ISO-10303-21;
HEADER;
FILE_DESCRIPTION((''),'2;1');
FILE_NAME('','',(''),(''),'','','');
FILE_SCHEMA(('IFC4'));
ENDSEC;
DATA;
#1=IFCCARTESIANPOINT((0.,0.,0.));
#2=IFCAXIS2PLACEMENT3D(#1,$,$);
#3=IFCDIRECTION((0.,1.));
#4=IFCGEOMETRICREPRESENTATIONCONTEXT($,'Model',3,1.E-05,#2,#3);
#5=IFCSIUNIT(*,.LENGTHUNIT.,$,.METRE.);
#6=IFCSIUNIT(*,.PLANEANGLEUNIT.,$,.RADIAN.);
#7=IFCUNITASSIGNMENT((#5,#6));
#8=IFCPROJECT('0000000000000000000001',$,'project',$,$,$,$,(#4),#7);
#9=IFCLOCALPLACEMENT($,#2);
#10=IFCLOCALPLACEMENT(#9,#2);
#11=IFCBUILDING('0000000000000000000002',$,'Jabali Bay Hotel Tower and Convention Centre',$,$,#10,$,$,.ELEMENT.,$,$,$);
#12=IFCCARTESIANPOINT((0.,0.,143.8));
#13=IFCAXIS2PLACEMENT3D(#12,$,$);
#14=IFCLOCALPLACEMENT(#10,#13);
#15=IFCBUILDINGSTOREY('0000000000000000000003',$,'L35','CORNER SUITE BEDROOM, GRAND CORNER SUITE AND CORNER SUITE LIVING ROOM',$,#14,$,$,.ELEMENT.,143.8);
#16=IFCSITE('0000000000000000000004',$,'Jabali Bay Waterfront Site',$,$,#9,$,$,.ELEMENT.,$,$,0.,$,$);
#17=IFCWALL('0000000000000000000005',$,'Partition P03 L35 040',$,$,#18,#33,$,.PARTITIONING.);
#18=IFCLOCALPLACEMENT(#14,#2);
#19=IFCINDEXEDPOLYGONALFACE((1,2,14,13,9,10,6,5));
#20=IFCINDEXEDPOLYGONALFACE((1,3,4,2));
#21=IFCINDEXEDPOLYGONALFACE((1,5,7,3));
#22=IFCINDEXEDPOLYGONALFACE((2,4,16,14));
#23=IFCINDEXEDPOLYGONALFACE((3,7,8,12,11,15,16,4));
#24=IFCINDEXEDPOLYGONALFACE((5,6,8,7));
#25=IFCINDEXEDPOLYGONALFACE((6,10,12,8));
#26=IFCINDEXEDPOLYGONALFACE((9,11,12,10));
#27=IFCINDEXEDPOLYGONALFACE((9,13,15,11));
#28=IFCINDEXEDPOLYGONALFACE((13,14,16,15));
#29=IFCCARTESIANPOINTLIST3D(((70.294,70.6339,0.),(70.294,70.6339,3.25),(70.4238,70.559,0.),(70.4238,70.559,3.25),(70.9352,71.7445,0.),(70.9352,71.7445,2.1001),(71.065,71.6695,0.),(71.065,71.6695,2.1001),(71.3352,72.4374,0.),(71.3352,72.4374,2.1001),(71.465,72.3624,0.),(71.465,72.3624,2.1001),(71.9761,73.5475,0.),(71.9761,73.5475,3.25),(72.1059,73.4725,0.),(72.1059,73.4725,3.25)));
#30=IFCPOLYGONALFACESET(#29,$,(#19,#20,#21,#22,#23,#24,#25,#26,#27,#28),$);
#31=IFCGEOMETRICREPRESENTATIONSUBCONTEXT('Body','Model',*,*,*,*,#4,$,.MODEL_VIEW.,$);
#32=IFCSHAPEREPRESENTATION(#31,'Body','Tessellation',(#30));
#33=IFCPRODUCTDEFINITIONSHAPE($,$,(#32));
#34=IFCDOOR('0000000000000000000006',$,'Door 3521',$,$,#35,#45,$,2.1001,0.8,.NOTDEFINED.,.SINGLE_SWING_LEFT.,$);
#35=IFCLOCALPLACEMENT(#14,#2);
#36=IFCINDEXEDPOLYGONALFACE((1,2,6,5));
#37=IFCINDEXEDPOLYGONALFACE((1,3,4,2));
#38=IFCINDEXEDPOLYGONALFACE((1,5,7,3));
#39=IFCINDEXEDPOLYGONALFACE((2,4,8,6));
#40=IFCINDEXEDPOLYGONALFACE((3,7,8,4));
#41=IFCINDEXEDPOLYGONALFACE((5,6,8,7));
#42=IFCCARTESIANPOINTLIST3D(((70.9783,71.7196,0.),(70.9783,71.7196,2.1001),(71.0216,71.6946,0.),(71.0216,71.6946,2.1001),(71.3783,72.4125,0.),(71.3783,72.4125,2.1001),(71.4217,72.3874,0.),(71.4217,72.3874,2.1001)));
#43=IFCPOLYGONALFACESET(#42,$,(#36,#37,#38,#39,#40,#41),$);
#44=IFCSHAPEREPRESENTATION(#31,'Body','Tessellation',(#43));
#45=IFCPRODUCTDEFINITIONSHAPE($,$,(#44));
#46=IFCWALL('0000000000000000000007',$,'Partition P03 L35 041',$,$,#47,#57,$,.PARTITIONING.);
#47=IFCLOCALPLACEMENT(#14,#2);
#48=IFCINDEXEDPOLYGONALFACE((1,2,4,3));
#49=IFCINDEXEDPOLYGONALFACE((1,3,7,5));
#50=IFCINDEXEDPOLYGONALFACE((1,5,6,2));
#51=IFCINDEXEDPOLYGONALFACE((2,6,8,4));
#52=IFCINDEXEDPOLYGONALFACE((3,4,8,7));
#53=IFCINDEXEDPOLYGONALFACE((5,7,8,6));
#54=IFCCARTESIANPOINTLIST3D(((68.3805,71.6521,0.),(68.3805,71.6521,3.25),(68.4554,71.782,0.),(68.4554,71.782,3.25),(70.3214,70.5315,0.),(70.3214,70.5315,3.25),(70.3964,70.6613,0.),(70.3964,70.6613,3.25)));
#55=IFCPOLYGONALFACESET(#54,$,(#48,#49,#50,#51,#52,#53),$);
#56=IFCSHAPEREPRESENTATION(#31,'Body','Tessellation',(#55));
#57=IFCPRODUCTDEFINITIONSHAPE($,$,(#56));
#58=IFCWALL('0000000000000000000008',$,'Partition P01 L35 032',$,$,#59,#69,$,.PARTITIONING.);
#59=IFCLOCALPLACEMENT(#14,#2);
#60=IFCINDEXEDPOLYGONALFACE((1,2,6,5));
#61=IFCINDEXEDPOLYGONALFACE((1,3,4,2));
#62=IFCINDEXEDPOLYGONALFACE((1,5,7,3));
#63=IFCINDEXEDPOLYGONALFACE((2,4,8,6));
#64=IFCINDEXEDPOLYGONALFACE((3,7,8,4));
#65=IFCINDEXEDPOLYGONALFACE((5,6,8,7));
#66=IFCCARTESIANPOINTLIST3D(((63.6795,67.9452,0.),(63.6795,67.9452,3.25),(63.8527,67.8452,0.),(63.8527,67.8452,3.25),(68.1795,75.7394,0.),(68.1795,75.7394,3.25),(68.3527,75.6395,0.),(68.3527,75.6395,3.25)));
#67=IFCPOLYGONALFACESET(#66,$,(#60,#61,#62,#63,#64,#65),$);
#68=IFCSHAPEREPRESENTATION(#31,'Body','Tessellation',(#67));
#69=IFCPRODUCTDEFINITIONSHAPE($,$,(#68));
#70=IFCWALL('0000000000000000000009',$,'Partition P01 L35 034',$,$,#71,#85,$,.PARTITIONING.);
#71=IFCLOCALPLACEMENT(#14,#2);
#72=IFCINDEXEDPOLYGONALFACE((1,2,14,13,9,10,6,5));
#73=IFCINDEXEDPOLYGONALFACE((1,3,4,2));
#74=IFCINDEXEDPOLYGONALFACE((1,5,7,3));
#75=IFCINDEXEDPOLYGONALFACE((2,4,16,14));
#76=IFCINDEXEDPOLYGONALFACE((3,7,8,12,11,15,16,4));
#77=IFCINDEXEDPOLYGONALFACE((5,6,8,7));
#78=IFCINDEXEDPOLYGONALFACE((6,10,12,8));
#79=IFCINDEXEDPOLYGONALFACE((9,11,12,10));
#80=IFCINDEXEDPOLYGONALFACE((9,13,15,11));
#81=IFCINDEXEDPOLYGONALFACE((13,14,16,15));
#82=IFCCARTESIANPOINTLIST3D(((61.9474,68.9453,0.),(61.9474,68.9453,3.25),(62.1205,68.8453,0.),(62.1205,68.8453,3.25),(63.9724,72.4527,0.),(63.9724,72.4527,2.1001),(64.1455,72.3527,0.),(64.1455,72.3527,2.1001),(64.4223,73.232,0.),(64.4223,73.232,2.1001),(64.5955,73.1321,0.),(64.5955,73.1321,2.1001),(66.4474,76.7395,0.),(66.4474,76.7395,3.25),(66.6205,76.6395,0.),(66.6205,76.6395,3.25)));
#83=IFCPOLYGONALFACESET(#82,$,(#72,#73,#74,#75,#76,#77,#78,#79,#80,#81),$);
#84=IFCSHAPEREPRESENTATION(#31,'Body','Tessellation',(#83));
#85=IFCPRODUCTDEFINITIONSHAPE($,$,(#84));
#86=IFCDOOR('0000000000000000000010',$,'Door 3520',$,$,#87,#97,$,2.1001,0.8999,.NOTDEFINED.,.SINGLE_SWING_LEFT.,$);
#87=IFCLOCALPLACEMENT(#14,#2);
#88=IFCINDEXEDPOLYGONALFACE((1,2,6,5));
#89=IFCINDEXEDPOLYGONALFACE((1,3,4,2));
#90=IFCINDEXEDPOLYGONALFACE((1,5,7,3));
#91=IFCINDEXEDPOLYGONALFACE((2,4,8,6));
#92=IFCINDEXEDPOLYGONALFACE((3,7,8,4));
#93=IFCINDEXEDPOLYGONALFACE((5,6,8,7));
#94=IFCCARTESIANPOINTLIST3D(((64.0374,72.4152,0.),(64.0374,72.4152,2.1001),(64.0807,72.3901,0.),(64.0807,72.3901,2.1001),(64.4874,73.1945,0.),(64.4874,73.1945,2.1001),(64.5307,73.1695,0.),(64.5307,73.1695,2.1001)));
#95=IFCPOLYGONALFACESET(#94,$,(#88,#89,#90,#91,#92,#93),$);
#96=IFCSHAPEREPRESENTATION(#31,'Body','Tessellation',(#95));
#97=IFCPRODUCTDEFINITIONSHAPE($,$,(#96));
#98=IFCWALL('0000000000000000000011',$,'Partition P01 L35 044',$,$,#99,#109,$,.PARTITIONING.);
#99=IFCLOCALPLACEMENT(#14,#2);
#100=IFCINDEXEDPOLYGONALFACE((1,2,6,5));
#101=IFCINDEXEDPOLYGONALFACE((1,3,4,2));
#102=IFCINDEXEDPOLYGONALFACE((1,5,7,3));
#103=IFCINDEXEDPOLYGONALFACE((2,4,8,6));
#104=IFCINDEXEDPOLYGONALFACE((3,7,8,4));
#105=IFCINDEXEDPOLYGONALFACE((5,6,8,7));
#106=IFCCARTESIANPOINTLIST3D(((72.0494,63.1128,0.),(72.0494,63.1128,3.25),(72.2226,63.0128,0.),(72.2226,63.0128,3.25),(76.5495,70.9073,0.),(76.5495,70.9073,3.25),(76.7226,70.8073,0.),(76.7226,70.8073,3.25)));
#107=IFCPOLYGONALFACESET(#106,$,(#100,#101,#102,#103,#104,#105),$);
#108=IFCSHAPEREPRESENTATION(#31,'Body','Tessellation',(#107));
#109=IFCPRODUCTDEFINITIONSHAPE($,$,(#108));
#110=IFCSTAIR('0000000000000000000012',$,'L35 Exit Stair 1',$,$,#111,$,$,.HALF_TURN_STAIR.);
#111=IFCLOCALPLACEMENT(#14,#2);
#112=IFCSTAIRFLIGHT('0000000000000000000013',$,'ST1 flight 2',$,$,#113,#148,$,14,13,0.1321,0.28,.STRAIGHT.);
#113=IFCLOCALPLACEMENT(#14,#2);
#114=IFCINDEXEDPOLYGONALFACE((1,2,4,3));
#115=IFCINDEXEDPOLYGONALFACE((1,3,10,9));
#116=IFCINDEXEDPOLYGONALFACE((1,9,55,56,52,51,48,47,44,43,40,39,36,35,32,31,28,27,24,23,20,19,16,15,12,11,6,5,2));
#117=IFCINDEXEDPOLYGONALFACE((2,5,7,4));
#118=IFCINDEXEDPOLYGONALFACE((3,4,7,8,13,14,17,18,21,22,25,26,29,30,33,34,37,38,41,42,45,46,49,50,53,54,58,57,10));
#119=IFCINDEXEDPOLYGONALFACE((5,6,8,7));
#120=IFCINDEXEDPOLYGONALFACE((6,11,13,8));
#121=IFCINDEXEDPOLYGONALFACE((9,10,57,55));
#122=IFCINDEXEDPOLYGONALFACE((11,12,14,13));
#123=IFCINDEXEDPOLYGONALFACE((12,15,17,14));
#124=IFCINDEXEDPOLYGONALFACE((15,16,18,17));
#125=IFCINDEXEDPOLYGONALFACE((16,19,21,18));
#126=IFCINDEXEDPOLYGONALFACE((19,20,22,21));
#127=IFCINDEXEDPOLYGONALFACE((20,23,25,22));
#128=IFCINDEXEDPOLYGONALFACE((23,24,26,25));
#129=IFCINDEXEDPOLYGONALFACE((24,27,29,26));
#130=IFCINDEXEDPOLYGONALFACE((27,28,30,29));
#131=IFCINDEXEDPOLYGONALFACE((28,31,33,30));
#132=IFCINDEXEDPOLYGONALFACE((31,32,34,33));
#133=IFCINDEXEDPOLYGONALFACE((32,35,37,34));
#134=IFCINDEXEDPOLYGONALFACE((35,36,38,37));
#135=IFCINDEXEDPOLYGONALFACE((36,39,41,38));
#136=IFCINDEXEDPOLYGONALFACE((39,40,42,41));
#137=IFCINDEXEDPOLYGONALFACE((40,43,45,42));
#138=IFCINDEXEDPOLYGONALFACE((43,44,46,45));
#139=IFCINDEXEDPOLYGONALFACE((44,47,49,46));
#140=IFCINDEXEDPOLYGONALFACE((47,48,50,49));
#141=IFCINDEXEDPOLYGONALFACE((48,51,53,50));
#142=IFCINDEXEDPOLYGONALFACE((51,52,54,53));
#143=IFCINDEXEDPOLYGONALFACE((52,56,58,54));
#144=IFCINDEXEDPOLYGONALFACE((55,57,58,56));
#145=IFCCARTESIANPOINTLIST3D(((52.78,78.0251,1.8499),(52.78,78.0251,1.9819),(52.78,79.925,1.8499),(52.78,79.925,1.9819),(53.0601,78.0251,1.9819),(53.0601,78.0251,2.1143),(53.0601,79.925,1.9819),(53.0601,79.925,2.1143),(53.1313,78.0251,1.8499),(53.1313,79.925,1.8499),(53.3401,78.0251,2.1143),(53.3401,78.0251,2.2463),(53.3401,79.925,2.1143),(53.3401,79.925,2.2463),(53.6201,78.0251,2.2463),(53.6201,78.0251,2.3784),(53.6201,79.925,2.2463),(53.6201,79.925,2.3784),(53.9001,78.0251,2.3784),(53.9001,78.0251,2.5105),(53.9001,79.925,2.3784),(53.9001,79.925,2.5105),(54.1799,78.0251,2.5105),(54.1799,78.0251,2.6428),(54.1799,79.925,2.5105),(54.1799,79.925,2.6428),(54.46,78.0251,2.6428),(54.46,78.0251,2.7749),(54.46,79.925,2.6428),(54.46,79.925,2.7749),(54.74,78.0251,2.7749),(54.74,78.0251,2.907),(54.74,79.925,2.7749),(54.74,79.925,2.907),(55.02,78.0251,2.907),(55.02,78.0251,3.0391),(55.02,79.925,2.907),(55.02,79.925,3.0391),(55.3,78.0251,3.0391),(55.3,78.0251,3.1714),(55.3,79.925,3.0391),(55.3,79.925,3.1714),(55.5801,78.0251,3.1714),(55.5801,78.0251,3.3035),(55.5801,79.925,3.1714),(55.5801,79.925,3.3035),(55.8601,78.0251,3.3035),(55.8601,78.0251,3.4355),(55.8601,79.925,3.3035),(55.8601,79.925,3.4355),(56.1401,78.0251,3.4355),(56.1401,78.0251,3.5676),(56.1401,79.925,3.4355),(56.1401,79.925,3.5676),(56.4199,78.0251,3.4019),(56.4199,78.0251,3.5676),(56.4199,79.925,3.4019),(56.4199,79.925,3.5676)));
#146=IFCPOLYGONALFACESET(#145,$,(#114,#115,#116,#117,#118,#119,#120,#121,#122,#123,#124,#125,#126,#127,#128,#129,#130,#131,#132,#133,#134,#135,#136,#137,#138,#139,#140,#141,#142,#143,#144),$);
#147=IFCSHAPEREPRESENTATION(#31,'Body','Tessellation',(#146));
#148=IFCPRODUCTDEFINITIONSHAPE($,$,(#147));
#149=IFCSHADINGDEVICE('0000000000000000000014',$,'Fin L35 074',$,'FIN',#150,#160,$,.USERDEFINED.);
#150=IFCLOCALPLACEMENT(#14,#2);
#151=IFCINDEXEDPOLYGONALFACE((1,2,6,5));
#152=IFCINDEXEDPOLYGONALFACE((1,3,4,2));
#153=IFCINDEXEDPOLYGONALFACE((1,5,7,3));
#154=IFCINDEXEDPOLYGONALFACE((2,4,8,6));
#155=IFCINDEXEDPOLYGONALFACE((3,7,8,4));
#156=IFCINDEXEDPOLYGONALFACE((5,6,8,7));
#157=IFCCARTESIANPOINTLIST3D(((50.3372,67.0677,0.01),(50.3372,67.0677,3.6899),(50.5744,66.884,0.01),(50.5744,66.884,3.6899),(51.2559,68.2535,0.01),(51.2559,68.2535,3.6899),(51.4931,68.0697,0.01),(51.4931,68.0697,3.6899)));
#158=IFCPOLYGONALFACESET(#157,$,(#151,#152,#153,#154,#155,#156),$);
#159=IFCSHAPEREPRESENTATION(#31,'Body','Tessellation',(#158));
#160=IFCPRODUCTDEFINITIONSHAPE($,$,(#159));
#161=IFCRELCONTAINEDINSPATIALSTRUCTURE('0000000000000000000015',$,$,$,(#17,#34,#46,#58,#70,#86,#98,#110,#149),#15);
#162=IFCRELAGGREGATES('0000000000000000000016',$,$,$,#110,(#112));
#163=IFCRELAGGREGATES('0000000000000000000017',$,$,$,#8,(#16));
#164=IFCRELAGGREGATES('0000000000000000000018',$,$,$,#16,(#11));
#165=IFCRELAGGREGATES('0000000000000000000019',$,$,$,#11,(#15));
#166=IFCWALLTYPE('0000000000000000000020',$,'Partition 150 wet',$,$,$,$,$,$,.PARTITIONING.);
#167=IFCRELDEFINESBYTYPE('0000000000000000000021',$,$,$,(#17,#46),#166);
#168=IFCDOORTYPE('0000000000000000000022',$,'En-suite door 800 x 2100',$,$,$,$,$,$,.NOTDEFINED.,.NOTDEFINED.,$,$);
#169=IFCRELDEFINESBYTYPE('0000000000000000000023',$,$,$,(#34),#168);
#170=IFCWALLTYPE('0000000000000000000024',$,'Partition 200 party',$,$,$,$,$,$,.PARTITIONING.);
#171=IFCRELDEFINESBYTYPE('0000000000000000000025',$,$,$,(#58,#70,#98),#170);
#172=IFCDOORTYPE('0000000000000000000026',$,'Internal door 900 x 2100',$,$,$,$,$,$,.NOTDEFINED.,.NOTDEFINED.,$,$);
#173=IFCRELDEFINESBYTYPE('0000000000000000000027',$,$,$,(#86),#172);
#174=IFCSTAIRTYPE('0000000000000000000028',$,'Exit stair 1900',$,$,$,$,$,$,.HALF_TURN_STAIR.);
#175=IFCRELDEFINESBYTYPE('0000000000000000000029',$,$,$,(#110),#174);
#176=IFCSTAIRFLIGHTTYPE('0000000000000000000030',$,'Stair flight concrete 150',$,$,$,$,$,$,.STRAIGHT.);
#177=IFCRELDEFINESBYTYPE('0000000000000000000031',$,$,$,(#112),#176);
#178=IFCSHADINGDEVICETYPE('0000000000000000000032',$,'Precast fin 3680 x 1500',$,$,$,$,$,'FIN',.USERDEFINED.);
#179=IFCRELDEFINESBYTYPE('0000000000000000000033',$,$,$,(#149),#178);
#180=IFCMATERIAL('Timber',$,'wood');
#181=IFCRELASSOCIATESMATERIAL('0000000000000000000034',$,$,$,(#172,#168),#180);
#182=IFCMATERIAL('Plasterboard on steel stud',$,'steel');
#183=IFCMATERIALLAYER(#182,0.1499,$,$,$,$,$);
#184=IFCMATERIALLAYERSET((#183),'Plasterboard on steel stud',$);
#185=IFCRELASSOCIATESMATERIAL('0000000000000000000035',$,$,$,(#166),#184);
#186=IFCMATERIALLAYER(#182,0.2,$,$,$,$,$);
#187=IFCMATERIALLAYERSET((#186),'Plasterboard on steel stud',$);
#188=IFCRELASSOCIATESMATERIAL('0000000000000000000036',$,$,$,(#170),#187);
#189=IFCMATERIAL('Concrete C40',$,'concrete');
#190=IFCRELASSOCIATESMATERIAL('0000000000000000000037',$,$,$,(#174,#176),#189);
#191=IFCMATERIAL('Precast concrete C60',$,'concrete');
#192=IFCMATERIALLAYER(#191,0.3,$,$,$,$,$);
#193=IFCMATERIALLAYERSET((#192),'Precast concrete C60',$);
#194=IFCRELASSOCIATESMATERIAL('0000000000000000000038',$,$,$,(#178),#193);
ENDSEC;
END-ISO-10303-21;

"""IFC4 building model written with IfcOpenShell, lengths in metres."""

from ifc_helpers import new_model, si_unit, direction, frame, frame_2d, origin, place, context, subcontext, project, spatial, polyline, rectangle, outline, extrude, material, layer, layer_set, type_object, element, fill, aggregate, save


model = new_model("IFC4")

# Units and contexts
model_context = context("Model", 3, precision=1e-05, world=origin(), true_north=direction((0.0, 1.0)))
body_context = subcontext(model_context, "Body", "Model", "MODEL_VIEW")
ifc_project = project(units=[si_unit("LENGTHUNIT", "METRE"), si_unit("PLANEANGLEUNIT", "RADIAN")], contexts=[model_context])

# Site, building, storey
site_placement = place(None, origin())
site = spatial("IfcSite", under=ifc_project, at=site_placement, Name="Jabali Bay Waterfront Site", CompositionType="ELEMENT", RefElevation=0.0)
building_placement = place(site_placement, origin())
building = spatial("IfcBuilding", under=site, at=building_placement, Name="Jabali Bay Hotel Tower and Convention Centre", CompositionType="ELEMENT")
storey_placement = place(building_placement, frame((0.0, 0.0, 143.8)))
storey = spatial("IfcBuildingStorey", under=building, at=storey_placement, Name="L35", Description="CORNER SUITE BEDROOM, GRAND CORNER SUITE AND CORNER SUITE LIVING ROOM", CompositionType="ELEMENT", Elevation=143.8)

# Shared definitions
ifc_material_1 = material(Name="Concrete C40", Category="concrete")

# Shared definitions
ifc_material_2 = material(Name="Timber", Category="wood")

# Shared definitions
ifc_material_3 = material(Name="Plasterboard on steel stud", Category="steel")
door_type_1 = type_object("IfcDoorType", Name="Internal door 900 x 2100", OperationType="NOTDEFINED", PredefinedType="NOTDEFINED", material=ifc_material_2)

# Shared definitions
ifc_layer_1 = layer(ifc_material_3, 0.1499)
ifc_layer_set_1 = layer_set([ifc_layer_1], Name="Plasterboard on steel stud")
wall_type_1 = type_object("IfcWallType", Name="Partition 150 wet", PredefinedType="PARTITIONING", material=ifc_layer_set_1)

# Wall, opening, door
wall_1_placement = place(storey_placement, frame((72.041, 73.51, 0.0), z_axis=(0.0, 0.0, 1.0), x_axis=(-0.499995, -0.866028, 0.0)))
wall_1 = element("IfcWall", 1, at=wall_1_placement, inside=storey, type_object=wall_type_1, Name="Partition P03 L35 040", PredefinedType="PARTITIONING", context=body_context, shape_type="SweptSolid", body=[
    extrude(rectangle(XDim=3.3643, YDim=0.1499, at=frame_2d((1.6821, 0.0))), origin(), (0.0, 0.0, 1.0), 3.25),
])
opening_1_placement = place(wall_1_placement, frame((1.282, 0.0, 0.0)))
opening_1 = element("IfcOpeningElement", 2, at=opening_1_placement, cuts=wall_1, PredefinedType="OPENING", context=body_context, shape_type="SweptSolid", body=[
    extrude(rectangle(XDim=0.8, YDim=2.1001, at=frame_2d((0.3999, 1.05))), frame((0.0, 0.0854, 0.0), z_axis=(0.0, -1.0, 0.0), x_axis=(1.0, 0.0, 0.0)), (0.0, 0.0, 1.0), 0.1709),
])
door_type_2 = type_object("IfcDoorType", Name="En-suite door 800 x 2100", OperationType="NOTDEFINED", PredefinedType="NOTDEFINED", material=ifc_material_2)
door_1_placement = place(opening_1_placement, origin())
door_1 = element("IfcDoor", 3, at=door_1_placement, inside=storey, type_object=door_type_2, Name="Door 3521", OperationType="SINGLE_SWING_LEFT", OverallHeight=2.1001, OverallWidth=0.8, PredefinedType="NOTDEFINED", context=body_context, shape_type="SweptSolid", body=[
    extrude(rectangle(XDim=0.8, YDim=2.1001, at=frame_2d((0.3999, 1.05))), frame((0.0, 0.0249, 0.0), z_axis=(0.0, -1.0, 0.0), x_axis=(1.0, 0.0, 0.0)), (0.0, 0.0, 1.0), 0.05),
])
fill(opening_1, door_1)

# Walls
wall_2_placement = place(storey_placement, frame((70.3589, 70.5964, 0.0), z_axis=(0.0, 0.0, 1.0), x_axis=(-0.866022, 0.500005, 0.0)))
element("IfcWall", 4, at=wall_2_placement, inside=storey, type_object=wall_type_1, Name="Partition P03 L35 041", PredefinedType="PARTITIONING", context=body_context, shape_type="SweptSolid", body=[
    extrude(rectangle(XDim=2.2412, YDim=0.1499, at=frame_2d((1.1206, 0.0))), origin(), (0.0, 0.0, 1.0), 3.25),
])
ifc_layer_2 = layer(ifc_material_3, 0.2)
ifc_layer_set_2 = layer_set([ifc_layer_2], Name="Plasterboard on steel stud")
wall_type_2 = type_object("IfcWallType", Name="Partition 200 party", PredefinedType="PARTITIONING", material=ifc_layer_set_2)
wall_3_placement = place(storey_placement, frame((68.2661, 75.6895, 0.0), z_axis=(0.0, 0.0, 1.0), x_axis=(-0.500002, -0.866024, 0.0)))
element("IfcWall", 5, at=wall_3_placement, inside=storey, type_object=wall_type_2, Name="Partition P01 L35 032", PredefinedType="PARTITIONING", context=body_context, shape_type="SweptSolid", body=[
    extrude(rectangle(XDim=9.0, YDim=0.2, at=frame_2d((4.5, 0.0))), origin(), (0.0, 0.0, 1.0), 3.25),
])

# Wall, opening, door
wall_4_placement = place(storey_placement, frame((62.0339, 68.8953, 0.0), z_axis=(0.0, 0.0, 1.0), x_axis=(0.500002, 0.866024, 0.0)))
wall_4 = element("IfcWall", 6, at=wall_4_placement, inside=storey, type_object=wall_type_2, Name="Partition P01 L35 034", PredefinedType="PARTITIONING", context=body_context, shape_type="SweptSolid", body=[
    extrude(rectangle(XDim=9.0, YDim=0.2, at=frame_2d((4.5, 0.0))), origin(), (0.0, 0.0, 1.0), 3.25),
])
opening_2_placement = place(wall_4_placement, frame((4.05, 0.0, 0.0)))
opening_2 = element("IfcOpeningElement", 7, at=opening_2_placement, cuts=wall_4, PredefinedType="OPENING", context=body_context, shape_type="SweptSolid", body=[
    extrude(rectangle(XDim=0.8999, YDim=2.1001, at=frame_2d((0.45, 1.05))), frame((0.0, 0.1104, 0.0), z_axis=(0.0, -1.0, 0.0), x_axis=(1.0, 0.0, 0.0)), (0.0, 0.0, 1.0), 0.2209),
])
door_2_placement = place(opening_2_placement, origin())
door_2 = element("IfcDoor", 8, at=door_2_placement, inside=storey, type_object=door_type_1, Name="Door 3520", OperationType="SINGLE_SWING_LEFT", OverallHeight=2.1001, OverallWidth=0.8999, PredefinedType="NOTDEFINED", context=body_context, shape_type="SweptSolid", body=[
    extrude(rectangle(XDim=0.8999, YDim=2.1001, at=frame_2d((0.45, 1.05))), frame((0.0, 0.0249, 0.0), z_axis=(0.0, -1.0, 0.0), x_axis=(1.0, 0.0, 0.0)), (0.0, 0.0, 1.0), 0.05),
])
fill(opening_2, door_2)

# Wall
wall_5_placement = place(storey_placement, frame((76.636, 70.8572, 0.0), z_axis=(0.0, 0.0, 1.0), x_axis=(-0.49999, -0.866031, 0.0)))
element("IfcWall", 9, at=wall_5_placement, inside=storey, type_object=wall_type_2, Name="Partition P01 L35 044", PredefinedType="PARTITIONING", context=body_context, shape_type="SweptSolid", body=[
    extrude(rectangle(XDim=9.0002, YDim=0.2, at=frame_2d((4.5, 0.0))), origin(), (0.0, 0.0, 1.0), 3.25),
])

# Stair, stair flight
stair_type = type_object("IfcStairType", Name="Exit stair 1900", PredefinedType="HALF_TURN_STAIR", material=ifc_material_1)
stair_placement = place(storey_placement, origin())
stair = element("IfcStair", 10, at=stair_placement, inside=storey, type_object=stair_type, Name="L35 Exit Stair 1", PredefinedType="HALF_TURN_STAIR")
stair_flight_type = type_object("IfcStairFlightType", Name="Stair flight concrete 150", PredefinedType="STRAIGHT", material=ifc_material_1)
stair_flight_placement = place(storey_placement, frame((52.78, 78.9751, 1.8499), z_axis=(0.0, 0.0, 1.0), x_axis=(1.0, 0.0, 0.0)))
stair_flight = element("IfcStairFlight", 11, at=stair_flight_placement, type_object=stair_flight_type, Name="ST1 flight 2", NumberOfRisers=14, NumberOfTreads=13, PredefinedType="STRAIGHT", RiserHeight=0.1321, TreadLength=0.28, context=body_context, shape_type="SweptSolid", body=[
    extrude(outline(polyline([(0.0, 0.0), (0.0, 0.1321), (0.28, 0.1321), (0.28, 0.2644), (0.5601, 0.2644), (0.5601, 0.3965), (0.8401, 0.3965), (0.8401, 0.5286), (1.1201, 0.5286), (1.1201, 0.6606), (1.3999, 0.6606), (1.3999, 0.793), (1.6799, 0.793), (1.6799, 0.925), (1.96, 0.925), (1.96, 1.0571), (2.24, 1.0571), (2.24, 1.1892), (2.52, 1.1892), (2.52, 1.3215), (2.8, 1.3215), (2.8, 1.4536), (3.0801, 1.4536), (3.0801, 1.5857), (3.3601, 1.5857), (3.3601, 1.7178), (3.6399, 1.7178), (3.6399, 1.8501), (3.6399, 1.552), (0.3513, 0.0), (0.0, 0.0)])), frame((0.0, 0.95, 0.0), z_axis=(0.0, -1.0, 0.0), x_axis=(1.0, 0.0, 0.0)), (0.0, 0.0, 1.0), 1.8999),
])
aggregate(stair, [stair_flight])

# Shading device
ifc_material_4 = material(Name="Precast concrete C60", Category="concrete")
ifc_layer_3 = layer(ifc_material_4, 0.3)
ifc_layer_set_3 = layer_set([ifc_layer_3], Name="Precast concrete C60")
shading_device_type = type_object("IfcShadingDeviceType", Name="Precast fin 3680 x 1500", ElementType="FIN", PredefinedType="USERDEFINED", material=ifc_layer_set_3)
shading_device_placement = place(storey_placement, frame((51.3745, 68.1616, 0.01), z_axis=(0.0, 0.0, 1.0), x_axis=(-0.612452, -0.790508, 0.0)))
element("IfcShadingDevice", 12, at=shading_device_placement, inside=storey, type_object=shading_device_type, Name="Fin L35 074", ObjectType="FIN", PredefinedType="USERDEFINED", context=body_context, shape_type="SweptSolid", body=[
    extrude(rectangle(XDim=1.5, YDim=0.3, at=frame_2d((0.75, 0.0))), origin(), (0.0, 0.0, 1.0), 3.6799),
])

save(model, "model.ifc")
